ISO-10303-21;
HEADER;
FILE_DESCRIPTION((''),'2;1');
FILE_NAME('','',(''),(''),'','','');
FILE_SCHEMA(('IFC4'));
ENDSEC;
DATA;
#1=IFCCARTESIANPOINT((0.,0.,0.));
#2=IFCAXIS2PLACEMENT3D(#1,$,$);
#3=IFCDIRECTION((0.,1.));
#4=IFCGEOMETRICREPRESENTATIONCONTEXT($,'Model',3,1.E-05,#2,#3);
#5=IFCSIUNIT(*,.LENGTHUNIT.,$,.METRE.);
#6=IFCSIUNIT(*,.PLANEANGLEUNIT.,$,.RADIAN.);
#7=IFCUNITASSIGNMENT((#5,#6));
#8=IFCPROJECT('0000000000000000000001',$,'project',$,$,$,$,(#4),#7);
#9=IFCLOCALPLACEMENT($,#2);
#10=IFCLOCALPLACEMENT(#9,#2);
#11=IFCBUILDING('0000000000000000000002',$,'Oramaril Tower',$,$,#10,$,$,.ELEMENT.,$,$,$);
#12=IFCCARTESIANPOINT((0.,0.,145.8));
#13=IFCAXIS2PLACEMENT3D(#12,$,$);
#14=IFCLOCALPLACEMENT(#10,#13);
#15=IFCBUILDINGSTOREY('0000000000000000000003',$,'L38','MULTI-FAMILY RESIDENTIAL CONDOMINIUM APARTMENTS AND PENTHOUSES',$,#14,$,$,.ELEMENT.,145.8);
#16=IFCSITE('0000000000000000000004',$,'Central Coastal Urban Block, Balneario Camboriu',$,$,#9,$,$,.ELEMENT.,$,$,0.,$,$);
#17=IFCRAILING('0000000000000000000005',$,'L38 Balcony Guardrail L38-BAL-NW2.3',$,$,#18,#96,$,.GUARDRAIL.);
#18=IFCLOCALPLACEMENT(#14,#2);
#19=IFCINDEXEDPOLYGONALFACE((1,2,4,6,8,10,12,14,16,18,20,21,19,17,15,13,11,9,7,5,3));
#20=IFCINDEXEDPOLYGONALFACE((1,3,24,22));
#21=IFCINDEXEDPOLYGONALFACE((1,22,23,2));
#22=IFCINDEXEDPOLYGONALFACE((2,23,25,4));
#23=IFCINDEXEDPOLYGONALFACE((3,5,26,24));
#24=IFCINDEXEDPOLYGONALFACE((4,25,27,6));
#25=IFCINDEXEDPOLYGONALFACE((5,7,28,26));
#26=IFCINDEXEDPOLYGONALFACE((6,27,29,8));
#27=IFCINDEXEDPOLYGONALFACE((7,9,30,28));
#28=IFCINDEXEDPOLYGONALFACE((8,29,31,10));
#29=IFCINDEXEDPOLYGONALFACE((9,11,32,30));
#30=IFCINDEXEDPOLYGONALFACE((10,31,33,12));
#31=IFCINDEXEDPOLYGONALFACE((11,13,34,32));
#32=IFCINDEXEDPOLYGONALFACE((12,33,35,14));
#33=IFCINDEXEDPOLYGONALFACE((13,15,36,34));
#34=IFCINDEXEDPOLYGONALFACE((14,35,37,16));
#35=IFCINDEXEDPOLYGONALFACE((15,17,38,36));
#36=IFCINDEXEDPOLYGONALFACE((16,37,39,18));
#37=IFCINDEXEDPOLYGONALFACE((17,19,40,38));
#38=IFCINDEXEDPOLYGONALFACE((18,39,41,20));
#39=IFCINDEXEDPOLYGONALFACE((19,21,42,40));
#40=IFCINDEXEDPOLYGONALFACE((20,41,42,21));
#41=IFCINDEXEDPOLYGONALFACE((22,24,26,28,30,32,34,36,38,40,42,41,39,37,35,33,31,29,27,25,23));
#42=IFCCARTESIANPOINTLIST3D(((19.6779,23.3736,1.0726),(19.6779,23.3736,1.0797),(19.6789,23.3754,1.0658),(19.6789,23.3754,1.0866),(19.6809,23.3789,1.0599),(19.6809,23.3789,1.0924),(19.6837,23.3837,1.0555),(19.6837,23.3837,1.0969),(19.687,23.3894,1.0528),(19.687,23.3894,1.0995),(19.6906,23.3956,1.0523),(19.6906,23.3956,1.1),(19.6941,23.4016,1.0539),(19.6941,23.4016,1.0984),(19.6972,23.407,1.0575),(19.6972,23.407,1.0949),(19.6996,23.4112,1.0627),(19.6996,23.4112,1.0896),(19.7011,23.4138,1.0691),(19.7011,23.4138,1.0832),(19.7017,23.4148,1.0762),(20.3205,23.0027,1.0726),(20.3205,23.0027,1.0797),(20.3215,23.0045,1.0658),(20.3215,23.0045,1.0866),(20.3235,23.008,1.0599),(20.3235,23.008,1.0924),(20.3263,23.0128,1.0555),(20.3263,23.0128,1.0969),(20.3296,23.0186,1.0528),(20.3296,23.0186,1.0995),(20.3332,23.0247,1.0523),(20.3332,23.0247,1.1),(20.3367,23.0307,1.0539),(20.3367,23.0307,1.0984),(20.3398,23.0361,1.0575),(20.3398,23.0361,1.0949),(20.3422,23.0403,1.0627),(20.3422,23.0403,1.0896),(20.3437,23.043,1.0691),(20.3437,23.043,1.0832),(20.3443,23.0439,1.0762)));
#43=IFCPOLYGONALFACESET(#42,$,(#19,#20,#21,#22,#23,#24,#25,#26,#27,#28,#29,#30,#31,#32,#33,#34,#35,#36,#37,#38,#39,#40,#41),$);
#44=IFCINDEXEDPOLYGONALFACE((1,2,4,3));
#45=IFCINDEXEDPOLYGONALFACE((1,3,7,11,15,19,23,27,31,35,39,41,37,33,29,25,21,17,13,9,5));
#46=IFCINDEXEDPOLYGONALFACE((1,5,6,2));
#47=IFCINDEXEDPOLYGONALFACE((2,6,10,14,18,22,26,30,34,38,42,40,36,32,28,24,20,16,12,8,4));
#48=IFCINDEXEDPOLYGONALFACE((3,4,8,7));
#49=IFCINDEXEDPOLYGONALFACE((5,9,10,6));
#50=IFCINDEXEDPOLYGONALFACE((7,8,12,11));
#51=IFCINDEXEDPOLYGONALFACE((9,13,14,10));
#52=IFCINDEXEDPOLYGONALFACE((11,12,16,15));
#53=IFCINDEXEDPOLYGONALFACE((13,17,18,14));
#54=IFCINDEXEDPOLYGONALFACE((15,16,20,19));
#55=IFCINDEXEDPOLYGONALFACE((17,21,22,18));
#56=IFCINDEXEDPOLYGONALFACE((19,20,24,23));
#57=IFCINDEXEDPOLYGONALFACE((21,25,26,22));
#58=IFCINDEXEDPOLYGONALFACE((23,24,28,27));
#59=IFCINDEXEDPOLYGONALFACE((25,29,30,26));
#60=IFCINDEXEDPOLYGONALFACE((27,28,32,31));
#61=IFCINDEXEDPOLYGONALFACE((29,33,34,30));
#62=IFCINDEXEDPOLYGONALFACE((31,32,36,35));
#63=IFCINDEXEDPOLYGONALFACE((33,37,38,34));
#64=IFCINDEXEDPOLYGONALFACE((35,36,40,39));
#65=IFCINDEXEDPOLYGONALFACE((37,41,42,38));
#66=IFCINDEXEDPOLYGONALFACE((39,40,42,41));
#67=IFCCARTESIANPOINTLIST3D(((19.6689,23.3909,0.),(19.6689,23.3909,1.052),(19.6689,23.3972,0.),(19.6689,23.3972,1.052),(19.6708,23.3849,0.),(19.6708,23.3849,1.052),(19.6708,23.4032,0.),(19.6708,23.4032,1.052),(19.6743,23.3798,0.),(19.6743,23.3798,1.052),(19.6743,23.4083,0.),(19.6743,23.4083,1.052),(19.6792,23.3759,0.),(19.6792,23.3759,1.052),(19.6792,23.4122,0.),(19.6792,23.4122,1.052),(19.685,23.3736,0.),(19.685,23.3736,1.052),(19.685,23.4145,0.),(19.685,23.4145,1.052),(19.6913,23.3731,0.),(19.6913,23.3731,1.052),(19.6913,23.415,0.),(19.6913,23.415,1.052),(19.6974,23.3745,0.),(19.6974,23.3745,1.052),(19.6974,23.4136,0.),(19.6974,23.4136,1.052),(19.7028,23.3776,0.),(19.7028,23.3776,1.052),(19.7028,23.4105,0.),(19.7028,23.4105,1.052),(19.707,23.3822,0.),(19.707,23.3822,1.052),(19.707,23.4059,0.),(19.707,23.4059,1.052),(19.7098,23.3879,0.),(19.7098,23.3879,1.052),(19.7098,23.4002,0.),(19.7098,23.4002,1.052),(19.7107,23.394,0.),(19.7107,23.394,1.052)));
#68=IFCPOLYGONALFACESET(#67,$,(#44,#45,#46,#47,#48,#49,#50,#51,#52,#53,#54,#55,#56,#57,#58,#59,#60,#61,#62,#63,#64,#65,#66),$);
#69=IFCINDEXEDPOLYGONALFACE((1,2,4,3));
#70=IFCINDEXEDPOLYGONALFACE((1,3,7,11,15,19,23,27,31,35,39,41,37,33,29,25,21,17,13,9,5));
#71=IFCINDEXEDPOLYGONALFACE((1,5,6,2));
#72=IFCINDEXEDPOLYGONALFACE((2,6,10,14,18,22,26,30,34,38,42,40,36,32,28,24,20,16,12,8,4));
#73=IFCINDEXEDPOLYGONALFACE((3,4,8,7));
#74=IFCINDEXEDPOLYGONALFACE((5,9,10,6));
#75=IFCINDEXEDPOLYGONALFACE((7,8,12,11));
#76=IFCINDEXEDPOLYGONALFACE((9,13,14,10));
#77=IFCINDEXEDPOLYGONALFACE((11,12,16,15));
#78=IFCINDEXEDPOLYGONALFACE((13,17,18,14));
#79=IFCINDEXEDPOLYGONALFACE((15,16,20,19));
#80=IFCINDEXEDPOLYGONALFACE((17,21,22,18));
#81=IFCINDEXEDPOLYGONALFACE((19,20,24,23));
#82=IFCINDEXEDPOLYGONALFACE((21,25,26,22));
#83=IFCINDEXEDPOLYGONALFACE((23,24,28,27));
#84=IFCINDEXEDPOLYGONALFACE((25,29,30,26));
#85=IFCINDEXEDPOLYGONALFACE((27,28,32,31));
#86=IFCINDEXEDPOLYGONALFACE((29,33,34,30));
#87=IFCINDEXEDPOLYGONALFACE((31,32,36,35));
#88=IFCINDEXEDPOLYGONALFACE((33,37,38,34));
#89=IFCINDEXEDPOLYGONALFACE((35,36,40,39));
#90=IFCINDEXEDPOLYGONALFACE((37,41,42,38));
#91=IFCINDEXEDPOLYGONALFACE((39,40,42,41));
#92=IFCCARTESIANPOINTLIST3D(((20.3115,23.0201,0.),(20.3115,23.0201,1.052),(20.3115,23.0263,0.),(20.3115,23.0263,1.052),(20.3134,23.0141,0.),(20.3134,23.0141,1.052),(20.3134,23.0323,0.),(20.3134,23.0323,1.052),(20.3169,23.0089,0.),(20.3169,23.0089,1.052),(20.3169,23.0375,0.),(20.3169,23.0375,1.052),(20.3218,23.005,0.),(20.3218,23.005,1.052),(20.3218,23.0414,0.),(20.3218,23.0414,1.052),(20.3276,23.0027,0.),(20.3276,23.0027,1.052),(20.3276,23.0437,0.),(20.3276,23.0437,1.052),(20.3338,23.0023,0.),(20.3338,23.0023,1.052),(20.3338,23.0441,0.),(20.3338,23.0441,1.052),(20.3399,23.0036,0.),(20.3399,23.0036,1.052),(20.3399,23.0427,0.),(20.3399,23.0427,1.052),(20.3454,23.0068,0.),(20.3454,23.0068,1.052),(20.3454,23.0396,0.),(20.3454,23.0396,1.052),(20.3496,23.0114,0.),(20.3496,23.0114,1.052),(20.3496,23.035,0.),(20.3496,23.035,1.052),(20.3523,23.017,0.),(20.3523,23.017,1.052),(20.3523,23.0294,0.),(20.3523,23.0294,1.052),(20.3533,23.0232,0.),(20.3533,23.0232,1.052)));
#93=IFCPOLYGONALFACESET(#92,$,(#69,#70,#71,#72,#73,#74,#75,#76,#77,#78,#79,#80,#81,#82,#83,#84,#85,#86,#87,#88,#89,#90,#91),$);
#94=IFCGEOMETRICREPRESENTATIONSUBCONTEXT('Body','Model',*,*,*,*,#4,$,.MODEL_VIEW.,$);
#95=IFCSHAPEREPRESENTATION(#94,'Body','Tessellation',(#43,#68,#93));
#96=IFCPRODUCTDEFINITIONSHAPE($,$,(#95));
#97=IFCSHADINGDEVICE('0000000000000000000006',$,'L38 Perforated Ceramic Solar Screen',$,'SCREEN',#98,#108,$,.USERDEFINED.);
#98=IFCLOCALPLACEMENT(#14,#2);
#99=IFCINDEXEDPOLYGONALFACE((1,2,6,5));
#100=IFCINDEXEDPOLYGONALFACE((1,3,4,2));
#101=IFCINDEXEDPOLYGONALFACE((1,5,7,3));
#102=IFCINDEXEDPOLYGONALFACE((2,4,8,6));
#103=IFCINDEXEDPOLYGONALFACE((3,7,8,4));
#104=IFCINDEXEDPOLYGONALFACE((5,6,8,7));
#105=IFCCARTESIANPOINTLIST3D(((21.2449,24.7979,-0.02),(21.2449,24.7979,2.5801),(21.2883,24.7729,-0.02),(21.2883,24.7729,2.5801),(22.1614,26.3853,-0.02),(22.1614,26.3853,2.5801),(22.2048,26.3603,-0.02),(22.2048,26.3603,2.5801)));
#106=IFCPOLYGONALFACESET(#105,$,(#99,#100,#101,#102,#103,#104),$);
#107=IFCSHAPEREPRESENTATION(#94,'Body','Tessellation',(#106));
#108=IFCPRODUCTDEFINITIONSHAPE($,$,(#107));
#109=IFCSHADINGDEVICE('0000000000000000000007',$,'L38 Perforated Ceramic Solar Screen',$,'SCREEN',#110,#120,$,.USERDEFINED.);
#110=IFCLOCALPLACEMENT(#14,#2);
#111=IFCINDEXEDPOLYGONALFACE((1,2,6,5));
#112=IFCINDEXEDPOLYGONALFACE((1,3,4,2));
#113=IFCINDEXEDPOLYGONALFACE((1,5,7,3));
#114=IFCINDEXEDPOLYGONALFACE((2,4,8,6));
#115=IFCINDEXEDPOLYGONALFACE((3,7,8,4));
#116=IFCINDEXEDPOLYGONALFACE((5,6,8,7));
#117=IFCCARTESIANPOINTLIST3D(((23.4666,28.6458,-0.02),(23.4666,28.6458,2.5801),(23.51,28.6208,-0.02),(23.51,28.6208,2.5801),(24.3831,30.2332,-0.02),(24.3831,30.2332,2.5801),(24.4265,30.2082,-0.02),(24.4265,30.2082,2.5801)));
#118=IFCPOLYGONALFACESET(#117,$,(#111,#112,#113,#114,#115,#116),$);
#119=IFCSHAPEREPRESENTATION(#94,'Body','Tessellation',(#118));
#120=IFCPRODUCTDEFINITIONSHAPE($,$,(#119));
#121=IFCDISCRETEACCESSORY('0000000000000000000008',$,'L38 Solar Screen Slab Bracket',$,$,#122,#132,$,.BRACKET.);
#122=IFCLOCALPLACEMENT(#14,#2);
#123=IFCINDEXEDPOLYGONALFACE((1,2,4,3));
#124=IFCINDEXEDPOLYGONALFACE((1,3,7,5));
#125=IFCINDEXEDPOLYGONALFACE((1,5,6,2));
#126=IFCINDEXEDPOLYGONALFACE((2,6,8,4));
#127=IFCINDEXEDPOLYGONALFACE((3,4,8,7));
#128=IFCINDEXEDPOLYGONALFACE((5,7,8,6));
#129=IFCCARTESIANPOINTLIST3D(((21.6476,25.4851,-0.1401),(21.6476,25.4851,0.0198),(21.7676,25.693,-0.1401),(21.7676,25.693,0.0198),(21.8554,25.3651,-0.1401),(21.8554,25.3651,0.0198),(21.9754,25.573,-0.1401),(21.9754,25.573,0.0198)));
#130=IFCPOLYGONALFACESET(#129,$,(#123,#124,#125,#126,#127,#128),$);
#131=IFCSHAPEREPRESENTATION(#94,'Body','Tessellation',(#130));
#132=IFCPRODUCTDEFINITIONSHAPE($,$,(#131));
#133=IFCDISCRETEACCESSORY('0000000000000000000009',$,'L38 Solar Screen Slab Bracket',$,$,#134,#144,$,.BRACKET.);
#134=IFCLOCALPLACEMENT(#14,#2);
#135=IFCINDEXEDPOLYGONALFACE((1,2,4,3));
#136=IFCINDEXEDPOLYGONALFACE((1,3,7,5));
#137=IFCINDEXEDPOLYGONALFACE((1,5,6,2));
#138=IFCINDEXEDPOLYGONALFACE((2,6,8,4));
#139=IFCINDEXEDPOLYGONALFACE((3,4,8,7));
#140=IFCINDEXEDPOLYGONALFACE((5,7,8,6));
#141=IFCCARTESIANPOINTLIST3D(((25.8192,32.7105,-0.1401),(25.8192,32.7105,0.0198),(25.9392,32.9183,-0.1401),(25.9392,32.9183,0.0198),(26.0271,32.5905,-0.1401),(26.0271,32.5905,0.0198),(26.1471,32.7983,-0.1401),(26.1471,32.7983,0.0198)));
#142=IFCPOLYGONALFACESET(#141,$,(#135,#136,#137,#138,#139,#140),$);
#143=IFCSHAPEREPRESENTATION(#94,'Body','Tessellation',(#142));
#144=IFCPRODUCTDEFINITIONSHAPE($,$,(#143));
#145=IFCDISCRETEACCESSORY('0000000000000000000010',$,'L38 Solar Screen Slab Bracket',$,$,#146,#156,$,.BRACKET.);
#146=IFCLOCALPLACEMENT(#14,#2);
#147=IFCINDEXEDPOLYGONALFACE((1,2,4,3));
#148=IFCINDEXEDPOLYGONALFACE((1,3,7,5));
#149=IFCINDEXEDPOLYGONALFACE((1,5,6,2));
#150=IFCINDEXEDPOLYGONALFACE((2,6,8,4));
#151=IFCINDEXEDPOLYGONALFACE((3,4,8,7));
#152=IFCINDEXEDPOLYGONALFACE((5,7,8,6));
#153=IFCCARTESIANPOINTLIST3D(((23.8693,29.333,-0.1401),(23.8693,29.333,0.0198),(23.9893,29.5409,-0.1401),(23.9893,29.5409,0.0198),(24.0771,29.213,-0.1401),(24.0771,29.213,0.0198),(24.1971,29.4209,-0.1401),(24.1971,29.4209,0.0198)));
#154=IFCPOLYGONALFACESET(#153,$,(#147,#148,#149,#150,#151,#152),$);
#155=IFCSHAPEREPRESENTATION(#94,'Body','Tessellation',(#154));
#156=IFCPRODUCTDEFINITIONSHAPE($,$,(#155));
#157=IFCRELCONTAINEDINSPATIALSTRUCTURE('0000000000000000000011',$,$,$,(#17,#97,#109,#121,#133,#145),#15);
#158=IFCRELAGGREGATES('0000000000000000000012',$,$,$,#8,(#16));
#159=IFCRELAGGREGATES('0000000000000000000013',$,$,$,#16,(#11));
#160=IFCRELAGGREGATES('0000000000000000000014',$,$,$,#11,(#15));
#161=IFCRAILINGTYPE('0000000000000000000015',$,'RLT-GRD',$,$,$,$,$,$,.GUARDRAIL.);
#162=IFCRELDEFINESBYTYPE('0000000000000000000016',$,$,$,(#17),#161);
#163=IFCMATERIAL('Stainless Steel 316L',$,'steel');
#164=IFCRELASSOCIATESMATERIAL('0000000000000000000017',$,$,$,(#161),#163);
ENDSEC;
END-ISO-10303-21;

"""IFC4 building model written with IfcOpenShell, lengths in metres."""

from ifc_helpers import new_model, si_unit, direction, frame, origin, origin_2d, place, context, subcontext, project, spatial, rectangle, circle, extrude, material, type_object, element, save


model = new_model("IFC4")

# Units and contexts
model_context = context("Model", 3, precision=1e-05, world=origin(), true_north=direction((0.0, 1.0)))
body_context = subcontext(model_context, "Body", "Model", "MODEL_VIEW")
ifc_project = project(units=[si_unit("LENGTHUNIT", "METRE"), si_unit("PLANEANGLEUNIT", "RADIAN")], contexts=[model_context])

# Site, building, storey
site_placement = place(None, origin())
site = spatial("IfcSite", under=ifc_project, at=site_placement, Name="Central Coastal Urban Block, Balneario Camboriu", CompositionType="ELEMENT", RefElevation=0.0)
building_placement = place(site_placement, origin())
building = spatial("IfcBuilding", under=site, at=building_placement, Name="Oramaril Tower", CompositionType="ELEMENT")
storey_placement = place(building_placement, frame((0.0, 0.0, 145.8)))
storey = spatial("IfcBuildingStorey", under=building, at=storey_placement, Name="L38", Description="MULTI-FAMILY RESIDENTIAL CONDOMINIUM APARTMENTS AND PENTHOUSES", CompositionType="ELEMENT", Elevation=145.8)

# Railing
ifc_material_1 = material(Name="Stainless Steel 316L", Category="steel")
railing_type = type_object("IfcRailingType", Name="RLT-GRD", PredefinedType="GUARDRAIL", material=ifc_material_1)
railing_placement = place(storey_placement, frame((19.6897, 23.394, 0.0)))
element("IfcRailing", 1, at=railing_placement, inside=storey, type_object=railing_type, Name="L38 Balcony Guardrail L38-BAL-NW2.3", PredefinedType="GUARDRAIL", context=body_context, shape_type="SweptSolid", body=[
    extrude(circle(Radius=0.0239, at=origin_2d()), frame((0.0, 0.0, 1.0762), z_axis=(0.866109, -0.499855, 0.0), x_axis=(0.499855, 0.866109, 0.0)), (0.0, 0.0, 1.0), 0.7419),
    extrude(circle(Radius=0.021, at=origin_2d()), origin(), (0.0, 0.0, 1.0), 1.052),
    extrude(circle(Radius=0.021, at=origin_2d()), frame((0.6426, -0.3708, 0.0)), (0.0, 0.0, 1.0), 1.052),
])

# Shading devices
for number, where, z_axis, x_axis, name in (
    (2, (21.7249, 25.5791, -0.02), (0.0, 0.0, 1.0), (-0.499998, -0.866026, 0.0), "L38 Perforated Ceramic Solar Screen"),
    (3, (23.9465, 29.427, -0.02), (0.0, 0.0, 1.0), (-0.499998, -0.866026, 0.0), "L38 Perforated Ceramic Solar Screen"),
):
    element("IfcShadingDevice", number, at=place(storey_placement, frame(where, z_axis=z_axis, x_axis=x_axis)), inside=storey, Name=name, ObjectType="SCREEN", PredefinedType="USERDEFINED", context=body_context, shape_type="SweptSolid", body=[
        extrude(rectangle(XDim=1.833, YDim=0.05, at=origin_2d()), origin(), (0.0, 0.0, 1.0), 2.6001),
    ])

# Discrete accessories
for number, where, z_axis, x_axis, name in (
    (4, (21.8115, 25.5291, -0.1401), (0.0, 0.0, 1.0), (-0.499998, -0.866026, 0.0), "L38 Solar Screen Slab Bracket"),
    (5, (25.9832, 32.7544, -0.1401), (0.0, 0.0, 1.0), (-0.499998, -0.866026, 0.0), "L38 Solar Screen Slab Bracket"),
    (6, (24.0332, 29.377, -0.1401), (0.0, 0.0, 1.0), (-0.499998, -0.866026, 0.0), "L38 Solar Screen Slab Bracket"),
):
    element("IfcDiscreteAccessory", number, at=place(storey_placement, frame(where, z_axis=z_axis, x_axis=x_axis)), inside=storey, Name=name, PredefinedType="BRACKET", context=body_context, shape_type="SweptSolid", body=[
        extrude(rectangle(XDim=0.24, YDim=0.24, at=origin_2d()), origin(), (0.0, 0.0, 1.0), 0.1599),
    ])

save(model, "model.ifc")
